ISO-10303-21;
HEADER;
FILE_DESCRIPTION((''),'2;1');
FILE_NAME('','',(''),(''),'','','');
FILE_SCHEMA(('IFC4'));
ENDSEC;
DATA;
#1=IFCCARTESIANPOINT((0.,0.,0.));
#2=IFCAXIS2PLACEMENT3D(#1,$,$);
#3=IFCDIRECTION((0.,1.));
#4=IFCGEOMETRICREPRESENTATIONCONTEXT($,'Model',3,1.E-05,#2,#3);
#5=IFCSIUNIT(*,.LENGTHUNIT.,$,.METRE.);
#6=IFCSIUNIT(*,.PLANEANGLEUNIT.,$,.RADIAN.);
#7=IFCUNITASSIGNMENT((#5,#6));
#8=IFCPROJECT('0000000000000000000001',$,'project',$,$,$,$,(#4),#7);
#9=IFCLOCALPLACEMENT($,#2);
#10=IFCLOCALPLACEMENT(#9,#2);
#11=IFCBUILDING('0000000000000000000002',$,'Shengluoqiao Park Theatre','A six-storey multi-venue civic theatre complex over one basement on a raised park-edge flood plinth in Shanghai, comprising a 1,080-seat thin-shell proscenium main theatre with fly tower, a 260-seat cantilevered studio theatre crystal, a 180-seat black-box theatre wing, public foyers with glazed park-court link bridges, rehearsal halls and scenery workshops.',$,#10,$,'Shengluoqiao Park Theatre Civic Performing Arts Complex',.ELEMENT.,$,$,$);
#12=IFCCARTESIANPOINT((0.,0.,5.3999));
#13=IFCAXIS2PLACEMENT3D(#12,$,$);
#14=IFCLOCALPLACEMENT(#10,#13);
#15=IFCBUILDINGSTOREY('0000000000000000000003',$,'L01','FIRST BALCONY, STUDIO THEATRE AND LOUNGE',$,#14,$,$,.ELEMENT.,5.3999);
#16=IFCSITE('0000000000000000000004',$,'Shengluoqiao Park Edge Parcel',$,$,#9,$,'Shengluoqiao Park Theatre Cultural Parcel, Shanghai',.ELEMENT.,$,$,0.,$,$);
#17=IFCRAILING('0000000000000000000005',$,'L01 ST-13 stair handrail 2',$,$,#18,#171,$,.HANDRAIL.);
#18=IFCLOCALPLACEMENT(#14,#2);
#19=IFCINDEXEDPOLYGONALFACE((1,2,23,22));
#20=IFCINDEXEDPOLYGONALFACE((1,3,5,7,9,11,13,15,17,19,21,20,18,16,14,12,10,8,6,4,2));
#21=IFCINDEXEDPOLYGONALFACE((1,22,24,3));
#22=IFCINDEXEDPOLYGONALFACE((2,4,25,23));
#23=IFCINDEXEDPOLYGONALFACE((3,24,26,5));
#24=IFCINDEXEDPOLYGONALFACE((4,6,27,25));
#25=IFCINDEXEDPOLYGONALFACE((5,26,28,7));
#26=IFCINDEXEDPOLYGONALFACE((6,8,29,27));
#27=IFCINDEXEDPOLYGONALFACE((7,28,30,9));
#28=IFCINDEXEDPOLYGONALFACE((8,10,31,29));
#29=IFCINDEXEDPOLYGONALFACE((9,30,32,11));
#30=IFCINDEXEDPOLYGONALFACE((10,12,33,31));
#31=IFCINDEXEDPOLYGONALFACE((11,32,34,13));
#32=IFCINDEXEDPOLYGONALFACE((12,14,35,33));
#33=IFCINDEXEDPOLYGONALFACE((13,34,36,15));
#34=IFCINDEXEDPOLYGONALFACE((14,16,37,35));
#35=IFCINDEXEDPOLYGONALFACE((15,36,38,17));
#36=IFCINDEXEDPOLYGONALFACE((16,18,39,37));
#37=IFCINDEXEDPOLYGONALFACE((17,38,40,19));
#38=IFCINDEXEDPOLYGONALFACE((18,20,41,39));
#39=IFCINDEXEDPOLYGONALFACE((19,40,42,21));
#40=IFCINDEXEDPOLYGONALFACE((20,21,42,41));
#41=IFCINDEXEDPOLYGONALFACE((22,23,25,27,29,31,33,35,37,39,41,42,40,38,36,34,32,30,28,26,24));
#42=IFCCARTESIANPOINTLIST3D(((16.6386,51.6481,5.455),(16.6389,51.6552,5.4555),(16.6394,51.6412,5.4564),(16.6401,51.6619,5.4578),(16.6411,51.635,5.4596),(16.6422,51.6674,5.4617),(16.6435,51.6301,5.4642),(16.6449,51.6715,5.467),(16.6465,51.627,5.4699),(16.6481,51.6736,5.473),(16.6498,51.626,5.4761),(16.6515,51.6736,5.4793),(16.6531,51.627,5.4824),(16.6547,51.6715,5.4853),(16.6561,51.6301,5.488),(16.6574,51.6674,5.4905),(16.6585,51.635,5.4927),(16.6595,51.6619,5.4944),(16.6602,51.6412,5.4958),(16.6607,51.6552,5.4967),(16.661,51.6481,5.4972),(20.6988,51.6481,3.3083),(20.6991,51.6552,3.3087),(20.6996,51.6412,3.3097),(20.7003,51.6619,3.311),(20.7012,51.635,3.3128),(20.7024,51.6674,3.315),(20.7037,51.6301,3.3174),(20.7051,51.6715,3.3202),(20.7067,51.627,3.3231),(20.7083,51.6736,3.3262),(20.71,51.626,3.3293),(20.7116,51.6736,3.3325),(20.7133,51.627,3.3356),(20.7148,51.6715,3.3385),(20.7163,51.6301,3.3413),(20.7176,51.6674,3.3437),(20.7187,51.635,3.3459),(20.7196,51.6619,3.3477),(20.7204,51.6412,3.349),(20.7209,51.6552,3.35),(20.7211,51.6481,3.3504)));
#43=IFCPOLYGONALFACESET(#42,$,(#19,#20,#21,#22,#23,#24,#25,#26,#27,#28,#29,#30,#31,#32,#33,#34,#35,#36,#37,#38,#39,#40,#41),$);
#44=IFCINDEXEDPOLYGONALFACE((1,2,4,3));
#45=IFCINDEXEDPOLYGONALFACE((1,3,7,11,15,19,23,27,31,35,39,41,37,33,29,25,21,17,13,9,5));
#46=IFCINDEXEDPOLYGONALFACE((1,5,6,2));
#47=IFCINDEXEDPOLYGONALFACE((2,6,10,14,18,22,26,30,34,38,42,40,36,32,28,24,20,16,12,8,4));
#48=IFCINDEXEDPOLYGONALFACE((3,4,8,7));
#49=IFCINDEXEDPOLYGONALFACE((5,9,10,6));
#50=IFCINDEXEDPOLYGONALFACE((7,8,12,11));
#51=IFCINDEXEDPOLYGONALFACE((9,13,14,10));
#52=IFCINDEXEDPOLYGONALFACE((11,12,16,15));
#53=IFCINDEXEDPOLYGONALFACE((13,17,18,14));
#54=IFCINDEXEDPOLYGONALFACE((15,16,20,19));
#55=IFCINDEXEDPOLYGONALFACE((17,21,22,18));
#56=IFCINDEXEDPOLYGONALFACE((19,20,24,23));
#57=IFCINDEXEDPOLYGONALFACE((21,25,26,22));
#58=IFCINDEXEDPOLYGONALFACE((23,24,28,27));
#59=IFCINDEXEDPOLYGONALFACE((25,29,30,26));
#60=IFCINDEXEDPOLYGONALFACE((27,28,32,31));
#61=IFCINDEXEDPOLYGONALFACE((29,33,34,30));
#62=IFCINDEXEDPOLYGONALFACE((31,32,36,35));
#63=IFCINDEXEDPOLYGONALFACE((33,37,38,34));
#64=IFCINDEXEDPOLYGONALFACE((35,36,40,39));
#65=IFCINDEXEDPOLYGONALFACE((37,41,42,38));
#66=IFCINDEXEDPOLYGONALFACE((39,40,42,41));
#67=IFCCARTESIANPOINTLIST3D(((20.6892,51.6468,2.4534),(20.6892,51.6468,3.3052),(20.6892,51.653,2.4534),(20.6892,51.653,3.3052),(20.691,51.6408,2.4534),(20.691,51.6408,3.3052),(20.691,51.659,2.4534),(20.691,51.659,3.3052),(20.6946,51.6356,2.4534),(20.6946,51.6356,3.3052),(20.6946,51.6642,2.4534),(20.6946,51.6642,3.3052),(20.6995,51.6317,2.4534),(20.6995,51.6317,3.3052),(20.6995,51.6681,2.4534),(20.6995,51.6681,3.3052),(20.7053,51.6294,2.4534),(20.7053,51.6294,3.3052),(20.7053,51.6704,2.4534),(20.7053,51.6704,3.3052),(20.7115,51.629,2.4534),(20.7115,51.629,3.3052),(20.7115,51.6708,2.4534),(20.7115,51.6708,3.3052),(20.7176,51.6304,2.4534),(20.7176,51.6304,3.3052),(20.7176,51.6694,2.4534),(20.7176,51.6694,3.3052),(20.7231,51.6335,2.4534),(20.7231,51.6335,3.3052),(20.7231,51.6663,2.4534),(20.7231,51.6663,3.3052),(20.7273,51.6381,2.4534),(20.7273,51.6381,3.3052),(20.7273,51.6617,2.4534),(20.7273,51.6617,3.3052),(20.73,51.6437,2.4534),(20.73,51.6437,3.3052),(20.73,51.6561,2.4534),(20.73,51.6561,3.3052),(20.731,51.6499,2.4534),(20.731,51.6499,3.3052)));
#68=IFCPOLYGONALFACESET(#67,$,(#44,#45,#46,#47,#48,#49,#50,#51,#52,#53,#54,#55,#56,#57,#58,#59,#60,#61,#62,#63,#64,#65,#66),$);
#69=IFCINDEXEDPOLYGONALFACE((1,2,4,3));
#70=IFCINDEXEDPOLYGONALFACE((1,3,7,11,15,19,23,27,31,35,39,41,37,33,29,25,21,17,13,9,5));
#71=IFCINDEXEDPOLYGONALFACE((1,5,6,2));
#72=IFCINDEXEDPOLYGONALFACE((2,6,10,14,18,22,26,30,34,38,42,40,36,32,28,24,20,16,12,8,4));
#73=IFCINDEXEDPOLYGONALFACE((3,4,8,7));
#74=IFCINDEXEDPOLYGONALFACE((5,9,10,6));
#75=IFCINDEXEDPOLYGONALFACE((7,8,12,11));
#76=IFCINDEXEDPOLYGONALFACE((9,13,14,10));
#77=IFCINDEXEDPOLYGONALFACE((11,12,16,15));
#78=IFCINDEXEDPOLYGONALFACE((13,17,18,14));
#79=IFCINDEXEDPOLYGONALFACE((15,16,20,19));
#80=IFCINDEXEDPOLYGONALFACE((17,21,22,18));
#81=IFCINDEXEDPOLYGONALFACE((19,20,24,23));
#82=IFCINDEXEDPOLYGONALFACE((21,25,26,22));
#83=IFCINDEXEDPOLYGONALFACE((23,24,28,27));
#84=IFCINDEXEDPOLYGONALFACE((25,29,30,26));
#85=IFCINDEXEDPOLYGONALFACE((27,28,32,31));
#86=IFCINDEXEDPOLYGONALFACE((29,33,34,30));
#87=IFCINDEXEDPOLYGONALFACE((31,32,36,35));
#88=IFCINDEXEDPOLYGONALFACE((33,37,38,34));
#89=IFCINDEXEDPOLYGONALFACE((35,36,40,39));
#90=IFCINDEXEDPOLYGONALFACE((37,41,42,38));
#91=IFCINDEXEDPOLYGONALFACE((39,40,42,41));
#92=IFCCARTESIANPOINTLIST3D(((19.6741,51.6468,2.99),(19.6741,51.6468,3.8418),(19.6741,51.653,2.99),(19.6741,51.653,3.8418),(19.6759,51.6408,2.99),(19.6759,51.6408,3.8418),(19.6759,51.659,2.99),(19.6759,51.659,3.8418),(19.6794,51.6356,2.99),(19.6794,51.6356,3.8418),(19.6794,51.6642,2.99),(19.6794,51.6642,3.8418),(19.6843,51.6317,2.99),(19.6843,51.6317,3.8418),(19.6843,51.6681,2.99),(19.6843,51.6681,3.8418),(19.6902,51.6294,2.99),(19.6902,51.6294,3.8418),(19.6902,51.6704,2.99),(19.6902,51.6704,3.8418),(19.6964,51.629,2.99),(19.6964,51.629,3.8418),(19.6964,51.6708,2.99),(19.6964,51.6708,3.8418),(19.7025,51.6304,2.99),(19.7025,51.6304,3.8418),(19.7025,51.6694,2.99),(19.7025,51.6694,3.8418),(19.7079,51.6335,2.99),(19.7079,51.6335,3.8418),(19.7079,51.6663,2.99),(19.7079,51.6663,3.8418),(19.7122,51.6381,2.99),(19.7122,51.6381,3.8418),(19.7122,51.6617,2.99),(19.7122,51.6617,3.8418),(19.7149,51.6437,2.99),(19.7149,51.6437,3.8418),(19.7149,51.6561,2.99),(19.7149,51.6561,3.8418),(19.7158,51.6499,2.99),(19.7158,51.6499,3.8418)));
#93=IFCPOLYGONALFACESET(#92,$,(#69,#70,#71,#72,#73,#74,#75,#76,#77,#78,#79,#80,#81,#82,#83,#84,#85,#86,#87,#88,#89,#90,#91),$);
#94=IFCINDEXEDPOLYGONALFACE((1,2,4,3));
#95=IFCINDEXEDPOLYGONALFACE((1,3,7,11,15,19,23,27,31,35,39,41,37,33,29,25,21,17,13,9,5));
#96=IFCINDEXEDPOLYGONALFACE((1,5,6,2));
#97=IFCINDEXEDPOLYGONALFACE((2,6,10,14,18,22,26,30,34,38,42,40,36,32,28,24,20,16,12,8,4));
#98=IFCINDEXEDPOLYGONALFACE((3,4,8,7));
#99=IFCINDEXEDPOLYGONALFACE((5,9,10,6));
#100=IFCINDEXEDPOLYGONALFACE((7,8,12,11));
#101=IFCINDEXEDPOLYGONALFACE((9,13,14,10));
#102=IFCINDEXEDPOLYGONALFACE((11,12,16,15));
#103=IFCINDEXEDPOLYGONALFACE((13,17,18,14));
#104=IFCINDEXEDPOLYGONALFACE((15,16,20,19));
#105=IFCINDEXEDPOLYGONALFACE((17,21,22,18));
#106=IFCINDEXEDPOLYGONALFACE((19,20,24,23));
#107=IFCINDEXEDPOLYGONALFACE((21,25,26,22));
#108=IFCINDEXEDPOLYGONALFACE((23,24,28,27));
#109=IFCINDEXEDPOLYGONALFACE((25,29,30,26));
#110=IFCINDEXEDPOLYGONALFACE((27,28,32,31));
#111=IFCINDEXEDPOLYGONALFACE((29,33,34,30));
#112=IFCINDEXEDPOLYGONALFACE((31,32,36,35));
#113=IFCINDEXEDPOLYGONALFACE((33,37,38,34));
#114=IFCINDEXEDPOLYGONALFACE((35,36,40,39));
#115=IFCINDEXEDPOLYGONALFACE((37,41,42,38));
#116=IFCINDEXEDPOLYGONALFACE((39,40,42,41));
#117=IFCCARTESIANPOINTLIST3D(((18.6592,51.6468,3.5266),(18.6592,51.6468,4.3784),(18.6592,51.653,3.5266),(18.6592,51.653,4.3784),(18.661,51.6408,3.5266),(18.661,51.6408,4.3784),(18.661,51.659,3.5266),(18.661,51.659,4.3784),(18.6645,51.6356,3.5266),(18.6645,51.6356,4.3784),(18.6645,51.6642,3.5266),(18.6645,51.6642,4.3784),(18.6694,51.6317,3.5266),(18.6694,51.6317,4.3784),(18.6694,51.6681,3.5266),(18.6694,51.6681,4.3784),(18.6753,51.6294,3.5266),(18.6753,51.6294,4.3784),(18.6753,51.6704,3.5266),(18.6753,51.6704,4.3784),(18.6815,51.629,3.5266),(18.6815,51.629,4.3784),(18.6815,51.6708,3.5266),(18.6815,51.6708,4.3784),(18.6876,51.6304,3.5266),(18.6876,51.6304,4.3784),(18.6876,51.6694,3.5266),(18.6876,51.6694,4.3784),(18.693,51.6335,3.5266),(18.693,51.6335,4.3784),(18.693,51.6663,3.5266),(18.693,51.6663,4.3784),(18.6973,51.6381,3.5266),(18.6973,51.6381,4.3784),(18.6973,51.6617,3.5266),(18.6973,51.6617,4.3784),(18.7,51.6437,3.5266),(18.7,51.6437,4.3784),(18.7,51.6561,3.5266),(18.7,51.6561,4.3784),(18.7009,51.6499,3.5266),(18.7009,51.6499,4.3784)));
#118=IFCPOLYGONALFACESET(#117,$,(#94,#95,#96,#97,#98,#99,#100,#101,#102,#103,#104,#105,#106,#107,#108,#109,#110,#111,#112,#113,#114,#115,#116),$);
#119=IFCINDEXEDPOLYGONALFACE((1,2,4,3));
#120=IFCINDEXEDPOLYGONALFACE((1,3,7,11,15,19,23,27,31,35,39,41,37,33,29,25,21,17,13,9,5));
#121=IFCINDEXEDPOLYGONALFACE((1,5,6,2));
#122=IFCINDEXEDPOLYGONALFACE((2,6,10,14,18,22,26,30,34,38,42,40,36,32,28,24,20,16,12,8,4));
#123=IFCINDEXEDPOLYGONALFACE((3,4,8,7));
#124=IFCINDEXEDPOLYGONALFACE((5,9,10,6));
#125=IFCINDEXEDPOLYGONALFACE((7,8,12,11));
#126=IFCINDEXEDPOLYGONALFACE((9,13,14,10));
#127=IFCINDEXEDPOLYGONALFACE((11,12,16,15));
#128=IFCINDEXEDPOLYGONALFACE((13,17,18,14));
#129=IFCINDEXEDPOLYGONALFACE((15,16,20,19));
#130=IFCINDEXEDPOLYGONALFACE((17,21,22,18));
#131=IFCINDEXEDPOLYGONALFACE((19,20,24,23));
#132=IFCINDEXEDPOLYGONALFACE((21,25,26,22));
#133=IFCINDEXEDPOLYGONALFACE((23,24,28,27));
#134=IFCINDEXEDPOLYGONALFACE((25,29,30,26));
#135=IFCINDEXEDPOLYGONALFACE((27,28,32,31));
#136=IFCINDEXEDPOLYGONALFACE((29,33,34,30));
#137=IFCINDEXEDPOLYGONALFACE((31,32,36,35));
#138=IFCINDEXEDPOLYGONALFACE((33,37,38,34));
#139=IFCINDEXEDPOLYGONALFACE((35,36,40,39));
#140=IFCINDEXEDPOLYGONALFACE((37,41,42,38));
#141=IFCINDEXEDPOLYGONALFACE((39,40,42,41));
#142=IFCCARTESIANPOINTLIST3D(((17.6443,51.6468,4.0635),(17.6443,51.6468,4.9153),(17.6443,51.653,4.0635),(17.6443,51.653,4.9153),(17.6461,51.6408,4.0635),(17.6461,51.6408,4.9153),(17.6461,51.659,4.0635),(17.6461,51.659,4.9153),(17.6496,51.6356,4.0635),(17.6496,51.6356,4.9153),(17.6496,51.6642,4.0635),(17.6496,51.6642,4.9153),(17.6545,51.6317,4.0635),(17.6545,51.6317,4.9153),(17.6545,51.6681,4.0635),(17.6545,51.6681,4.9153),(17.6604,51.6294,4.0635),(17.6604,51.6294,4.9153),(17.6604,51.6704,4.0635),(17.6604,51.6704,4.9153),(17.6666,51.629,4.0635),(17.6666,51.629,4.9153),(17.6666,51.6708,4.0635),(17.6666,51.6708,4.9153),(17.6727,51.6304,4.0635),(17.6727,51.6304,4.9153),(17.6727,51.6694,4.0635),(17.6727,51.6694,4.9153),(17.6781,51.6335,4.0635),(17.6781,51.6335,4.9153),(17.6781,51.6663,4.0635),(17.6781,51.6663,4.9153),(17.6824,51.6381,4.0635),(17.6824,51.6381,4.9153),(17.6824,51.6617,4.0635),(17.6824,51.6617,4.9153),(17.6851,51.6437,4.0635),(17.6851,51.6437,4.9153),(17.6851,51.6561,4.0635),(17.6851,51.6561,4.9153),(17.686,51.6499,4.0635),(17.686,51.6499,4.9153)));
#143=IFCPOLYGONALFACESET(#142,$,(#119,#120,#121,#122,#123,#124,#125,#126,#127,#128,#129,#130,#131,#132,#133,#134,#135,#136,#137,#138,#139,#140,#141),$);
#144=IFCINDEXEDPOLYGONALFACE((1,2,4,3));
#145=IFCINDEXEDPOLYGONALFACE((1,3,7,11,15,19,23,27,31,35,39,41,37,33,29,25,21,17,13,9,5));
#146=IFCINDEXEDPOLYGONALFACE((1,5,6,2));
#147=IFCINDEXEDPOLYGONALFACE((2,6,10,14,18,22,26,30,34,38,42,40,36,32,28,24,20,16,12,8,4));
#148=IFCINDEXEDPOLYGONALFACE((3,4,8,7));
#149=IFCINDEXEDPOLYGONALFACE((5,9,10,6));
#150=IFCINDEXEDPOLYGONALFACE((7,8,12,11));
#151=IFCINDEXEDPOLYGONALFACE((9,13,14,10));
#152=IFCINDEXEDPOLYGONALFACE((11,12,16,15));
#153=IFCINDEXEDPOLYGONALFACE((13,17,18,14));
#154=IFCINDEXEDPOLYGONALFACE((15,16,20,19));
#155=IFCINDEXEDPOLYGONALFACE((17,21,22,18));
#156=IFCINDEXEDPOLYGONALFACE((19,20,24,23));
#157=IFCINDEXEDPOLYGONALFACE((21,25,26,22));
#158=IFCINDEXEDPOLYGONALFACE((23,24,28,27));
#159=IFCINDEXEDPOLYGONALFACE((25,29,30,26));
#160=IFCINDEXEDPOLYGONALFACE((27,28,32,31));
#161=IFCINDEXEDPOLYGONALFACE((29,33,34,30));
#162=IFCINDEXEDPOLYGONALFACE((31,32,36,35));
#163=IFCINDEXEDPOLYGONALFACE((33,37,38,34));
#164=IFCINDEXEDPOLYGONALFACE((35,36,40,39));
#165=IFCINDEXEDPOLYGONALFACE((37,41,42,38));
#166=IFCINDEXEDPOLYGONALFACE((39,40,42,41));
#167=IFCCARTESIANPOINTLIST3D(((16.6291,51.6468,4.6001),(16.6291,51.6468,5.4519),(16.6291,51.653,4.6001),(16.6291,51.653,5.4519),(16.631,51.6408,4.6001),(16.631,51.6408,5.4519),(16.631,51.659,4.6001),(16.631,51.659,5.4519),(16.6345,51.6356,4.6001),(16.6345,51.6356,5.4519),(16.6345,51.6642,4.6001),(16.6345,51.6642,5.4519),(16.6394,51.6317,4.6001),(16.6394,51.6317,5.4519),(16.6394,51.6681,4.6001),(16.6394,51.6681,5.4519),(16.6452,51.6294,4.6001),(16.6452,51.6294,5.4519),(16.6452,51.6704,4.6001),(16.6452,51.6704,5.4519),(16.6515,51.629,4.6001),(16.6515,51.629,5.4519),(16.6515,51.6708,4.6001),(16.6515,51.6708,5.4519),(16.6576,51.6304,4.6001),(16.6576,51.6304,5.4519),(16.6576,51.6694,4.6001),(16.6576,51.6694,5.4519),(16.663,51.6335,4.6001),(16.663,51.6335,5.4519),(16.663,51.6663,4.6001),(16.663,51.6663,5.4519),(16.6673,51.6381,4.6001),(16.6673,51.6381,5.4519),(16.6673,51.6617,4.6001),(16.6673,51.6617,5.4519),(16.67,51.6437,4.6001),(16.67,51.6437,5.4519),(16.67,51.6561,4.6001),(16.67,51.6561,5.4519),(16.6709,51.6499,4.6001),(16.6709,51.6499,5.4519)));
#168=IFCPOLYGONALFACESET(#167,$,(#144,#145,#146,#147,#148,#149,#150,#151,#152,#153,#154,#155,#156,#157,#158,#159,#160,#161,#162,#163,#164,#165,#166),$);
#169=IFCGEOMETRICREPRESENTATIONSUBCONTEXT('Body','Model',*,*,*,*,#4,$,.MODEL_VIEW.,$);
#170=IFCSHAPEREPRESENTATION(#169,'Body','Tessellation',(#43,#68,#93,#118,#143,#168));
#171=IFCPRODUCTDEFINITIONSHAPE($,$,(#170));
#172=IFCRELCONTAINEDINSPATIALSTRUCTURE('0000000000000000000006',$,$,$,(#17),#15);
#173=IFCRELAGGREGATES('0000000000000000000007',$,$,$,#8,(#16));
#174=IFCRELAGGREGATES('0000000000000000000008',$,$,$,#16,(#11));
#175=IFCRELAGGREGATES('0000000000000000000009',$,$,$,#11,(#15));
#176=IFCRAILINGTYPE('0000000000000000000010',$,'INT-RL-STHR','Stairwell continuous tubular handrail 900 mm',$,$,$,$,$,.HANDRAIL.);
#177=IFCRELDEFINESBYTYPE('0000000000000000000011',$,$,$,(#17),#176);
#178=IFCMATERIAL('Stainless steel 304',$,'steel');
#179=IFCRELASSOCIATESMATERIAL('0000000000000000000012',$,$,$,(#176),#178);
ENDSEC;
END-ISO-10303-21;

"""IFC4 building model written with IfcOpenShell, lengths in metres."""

from ifc_helpers import new_model, si_unit, direction, frame, origin, origin_2d, place, context, subcontext, project, spatial, circle, extrude, material, type_object, element, save


model = new_model("IFC4")

# Units and contexts
model_context = context("Model", 3, precision=1e-05, world=origin(), true_north=direction((0.0, 1.0)))
body_context = subcontext(model_context, "Body", "Model", "MODEL_VIEW")
ifc_project = project(units=[si_unit("LENGTHUNIT", "METRE"), si_unit("PLANEANGLEUNIT", "RADIAN")], contexts=[model_context])

# Site, building, storey
site_placement = place(None, origin())
site = spatial("IfcSite", under=ifc_project, at=site_placement, Name="Shengluoqiao Park Edge Parcel", LongName="Shengluoqiao Park Theatre Cultural Parcel, Shanghai", CompositionType="ELEMENT", RefElevation=0.0)
building_placement = place(site_placement, origin())
building = spatial("IfcBuilding", under=site, at=building_placement, Name="Shengluoqiao Park Theatre", Description="A six-storey multi-venue civic theatre complex over one basement on a raised park-edge flood plinth in Shanghai, comprising a 1,080-seat thin-shell proscenium main theatre with fly tower, a 260-seat cantilevered studio theatre crystal, a 180-seat black-box theatre wing, public foyers with glazed park-court link bridges, rehearsal halls and scenery workshops.", LongName="Shengluoqiao Park Theatre Civic Performing Arts Complex", CompositionType="ELEMENT")
storey_placement = place(building_placement, frame((0.0, 0.0, 5.3999)))
storey = spatial("IfcBuildingStorey", under=building, at=storey_placement, Name="L01", Description="FIRST BALCONY, STUDIO THEATRE AND LOUNGE", CompositionType="ELEMENT", Elevation=5.3999)

# Railing
ifc_material_1 = material(Name="Stainless steel 304", Category="steel")
railing_type_1 = type_object("IfcRailingType", Name="INT-RL-STHR", Description="Stairwell continuous tubular handrail 900 mm", PredefinedType="HANDRAIL", material=ifc_material_1)
railing_1_placement = place(storey_placement, frame((20.71, 51.6499, 2.4534)))
element("IfcRailing", 1, at=railing_1_placement, inside=storey, type_object=railing_type_1, Name="L01 ST-13 stair handrail 2", PredefinedType="HANDRAIL", context=body_context, shape_type="SweptSolid", body=[
    extrude(circle(Radius=0.0239, at=origin_2d()), frame((0.0, 0.0, 0.876), z_axis=(-0.884032, 0.0, 0.467426), x_axis=(0.0, -1.0, 0.0)), (0.0, 0.0, 1.0), 4.5928),
    extrude(circle(Radius=0.021, at=origin_2d()), origin(), (0.0, 0.0, 1.0), 0.8518),
    extrude(circle(Radius=0.021, at=origin_2d()), frame((-1.0151, 0.0, 0.5366)), (0.0, 0.0, 1.0), 0.8518),
    extrude(circle(Radius=0.021, at=origin_2d()), frame((-2.03, 0.0, 1.0732)), (0.0, 0.0, 1.0), 0.8518),
    extrude(circle(Radius=0.021, at=origin_2d()), frame((-3.0449, 0.0, 1.6101)), (0.0, 0.0, 1.0), 0.8518),
    extrude(circle(Radius=0.021, at=origin_2d()), frame((-4.0601, 0.0, 2.1467)), (0.0, 0.0, 1.0), 0.8518),
])

save(model, "model.ifc")
